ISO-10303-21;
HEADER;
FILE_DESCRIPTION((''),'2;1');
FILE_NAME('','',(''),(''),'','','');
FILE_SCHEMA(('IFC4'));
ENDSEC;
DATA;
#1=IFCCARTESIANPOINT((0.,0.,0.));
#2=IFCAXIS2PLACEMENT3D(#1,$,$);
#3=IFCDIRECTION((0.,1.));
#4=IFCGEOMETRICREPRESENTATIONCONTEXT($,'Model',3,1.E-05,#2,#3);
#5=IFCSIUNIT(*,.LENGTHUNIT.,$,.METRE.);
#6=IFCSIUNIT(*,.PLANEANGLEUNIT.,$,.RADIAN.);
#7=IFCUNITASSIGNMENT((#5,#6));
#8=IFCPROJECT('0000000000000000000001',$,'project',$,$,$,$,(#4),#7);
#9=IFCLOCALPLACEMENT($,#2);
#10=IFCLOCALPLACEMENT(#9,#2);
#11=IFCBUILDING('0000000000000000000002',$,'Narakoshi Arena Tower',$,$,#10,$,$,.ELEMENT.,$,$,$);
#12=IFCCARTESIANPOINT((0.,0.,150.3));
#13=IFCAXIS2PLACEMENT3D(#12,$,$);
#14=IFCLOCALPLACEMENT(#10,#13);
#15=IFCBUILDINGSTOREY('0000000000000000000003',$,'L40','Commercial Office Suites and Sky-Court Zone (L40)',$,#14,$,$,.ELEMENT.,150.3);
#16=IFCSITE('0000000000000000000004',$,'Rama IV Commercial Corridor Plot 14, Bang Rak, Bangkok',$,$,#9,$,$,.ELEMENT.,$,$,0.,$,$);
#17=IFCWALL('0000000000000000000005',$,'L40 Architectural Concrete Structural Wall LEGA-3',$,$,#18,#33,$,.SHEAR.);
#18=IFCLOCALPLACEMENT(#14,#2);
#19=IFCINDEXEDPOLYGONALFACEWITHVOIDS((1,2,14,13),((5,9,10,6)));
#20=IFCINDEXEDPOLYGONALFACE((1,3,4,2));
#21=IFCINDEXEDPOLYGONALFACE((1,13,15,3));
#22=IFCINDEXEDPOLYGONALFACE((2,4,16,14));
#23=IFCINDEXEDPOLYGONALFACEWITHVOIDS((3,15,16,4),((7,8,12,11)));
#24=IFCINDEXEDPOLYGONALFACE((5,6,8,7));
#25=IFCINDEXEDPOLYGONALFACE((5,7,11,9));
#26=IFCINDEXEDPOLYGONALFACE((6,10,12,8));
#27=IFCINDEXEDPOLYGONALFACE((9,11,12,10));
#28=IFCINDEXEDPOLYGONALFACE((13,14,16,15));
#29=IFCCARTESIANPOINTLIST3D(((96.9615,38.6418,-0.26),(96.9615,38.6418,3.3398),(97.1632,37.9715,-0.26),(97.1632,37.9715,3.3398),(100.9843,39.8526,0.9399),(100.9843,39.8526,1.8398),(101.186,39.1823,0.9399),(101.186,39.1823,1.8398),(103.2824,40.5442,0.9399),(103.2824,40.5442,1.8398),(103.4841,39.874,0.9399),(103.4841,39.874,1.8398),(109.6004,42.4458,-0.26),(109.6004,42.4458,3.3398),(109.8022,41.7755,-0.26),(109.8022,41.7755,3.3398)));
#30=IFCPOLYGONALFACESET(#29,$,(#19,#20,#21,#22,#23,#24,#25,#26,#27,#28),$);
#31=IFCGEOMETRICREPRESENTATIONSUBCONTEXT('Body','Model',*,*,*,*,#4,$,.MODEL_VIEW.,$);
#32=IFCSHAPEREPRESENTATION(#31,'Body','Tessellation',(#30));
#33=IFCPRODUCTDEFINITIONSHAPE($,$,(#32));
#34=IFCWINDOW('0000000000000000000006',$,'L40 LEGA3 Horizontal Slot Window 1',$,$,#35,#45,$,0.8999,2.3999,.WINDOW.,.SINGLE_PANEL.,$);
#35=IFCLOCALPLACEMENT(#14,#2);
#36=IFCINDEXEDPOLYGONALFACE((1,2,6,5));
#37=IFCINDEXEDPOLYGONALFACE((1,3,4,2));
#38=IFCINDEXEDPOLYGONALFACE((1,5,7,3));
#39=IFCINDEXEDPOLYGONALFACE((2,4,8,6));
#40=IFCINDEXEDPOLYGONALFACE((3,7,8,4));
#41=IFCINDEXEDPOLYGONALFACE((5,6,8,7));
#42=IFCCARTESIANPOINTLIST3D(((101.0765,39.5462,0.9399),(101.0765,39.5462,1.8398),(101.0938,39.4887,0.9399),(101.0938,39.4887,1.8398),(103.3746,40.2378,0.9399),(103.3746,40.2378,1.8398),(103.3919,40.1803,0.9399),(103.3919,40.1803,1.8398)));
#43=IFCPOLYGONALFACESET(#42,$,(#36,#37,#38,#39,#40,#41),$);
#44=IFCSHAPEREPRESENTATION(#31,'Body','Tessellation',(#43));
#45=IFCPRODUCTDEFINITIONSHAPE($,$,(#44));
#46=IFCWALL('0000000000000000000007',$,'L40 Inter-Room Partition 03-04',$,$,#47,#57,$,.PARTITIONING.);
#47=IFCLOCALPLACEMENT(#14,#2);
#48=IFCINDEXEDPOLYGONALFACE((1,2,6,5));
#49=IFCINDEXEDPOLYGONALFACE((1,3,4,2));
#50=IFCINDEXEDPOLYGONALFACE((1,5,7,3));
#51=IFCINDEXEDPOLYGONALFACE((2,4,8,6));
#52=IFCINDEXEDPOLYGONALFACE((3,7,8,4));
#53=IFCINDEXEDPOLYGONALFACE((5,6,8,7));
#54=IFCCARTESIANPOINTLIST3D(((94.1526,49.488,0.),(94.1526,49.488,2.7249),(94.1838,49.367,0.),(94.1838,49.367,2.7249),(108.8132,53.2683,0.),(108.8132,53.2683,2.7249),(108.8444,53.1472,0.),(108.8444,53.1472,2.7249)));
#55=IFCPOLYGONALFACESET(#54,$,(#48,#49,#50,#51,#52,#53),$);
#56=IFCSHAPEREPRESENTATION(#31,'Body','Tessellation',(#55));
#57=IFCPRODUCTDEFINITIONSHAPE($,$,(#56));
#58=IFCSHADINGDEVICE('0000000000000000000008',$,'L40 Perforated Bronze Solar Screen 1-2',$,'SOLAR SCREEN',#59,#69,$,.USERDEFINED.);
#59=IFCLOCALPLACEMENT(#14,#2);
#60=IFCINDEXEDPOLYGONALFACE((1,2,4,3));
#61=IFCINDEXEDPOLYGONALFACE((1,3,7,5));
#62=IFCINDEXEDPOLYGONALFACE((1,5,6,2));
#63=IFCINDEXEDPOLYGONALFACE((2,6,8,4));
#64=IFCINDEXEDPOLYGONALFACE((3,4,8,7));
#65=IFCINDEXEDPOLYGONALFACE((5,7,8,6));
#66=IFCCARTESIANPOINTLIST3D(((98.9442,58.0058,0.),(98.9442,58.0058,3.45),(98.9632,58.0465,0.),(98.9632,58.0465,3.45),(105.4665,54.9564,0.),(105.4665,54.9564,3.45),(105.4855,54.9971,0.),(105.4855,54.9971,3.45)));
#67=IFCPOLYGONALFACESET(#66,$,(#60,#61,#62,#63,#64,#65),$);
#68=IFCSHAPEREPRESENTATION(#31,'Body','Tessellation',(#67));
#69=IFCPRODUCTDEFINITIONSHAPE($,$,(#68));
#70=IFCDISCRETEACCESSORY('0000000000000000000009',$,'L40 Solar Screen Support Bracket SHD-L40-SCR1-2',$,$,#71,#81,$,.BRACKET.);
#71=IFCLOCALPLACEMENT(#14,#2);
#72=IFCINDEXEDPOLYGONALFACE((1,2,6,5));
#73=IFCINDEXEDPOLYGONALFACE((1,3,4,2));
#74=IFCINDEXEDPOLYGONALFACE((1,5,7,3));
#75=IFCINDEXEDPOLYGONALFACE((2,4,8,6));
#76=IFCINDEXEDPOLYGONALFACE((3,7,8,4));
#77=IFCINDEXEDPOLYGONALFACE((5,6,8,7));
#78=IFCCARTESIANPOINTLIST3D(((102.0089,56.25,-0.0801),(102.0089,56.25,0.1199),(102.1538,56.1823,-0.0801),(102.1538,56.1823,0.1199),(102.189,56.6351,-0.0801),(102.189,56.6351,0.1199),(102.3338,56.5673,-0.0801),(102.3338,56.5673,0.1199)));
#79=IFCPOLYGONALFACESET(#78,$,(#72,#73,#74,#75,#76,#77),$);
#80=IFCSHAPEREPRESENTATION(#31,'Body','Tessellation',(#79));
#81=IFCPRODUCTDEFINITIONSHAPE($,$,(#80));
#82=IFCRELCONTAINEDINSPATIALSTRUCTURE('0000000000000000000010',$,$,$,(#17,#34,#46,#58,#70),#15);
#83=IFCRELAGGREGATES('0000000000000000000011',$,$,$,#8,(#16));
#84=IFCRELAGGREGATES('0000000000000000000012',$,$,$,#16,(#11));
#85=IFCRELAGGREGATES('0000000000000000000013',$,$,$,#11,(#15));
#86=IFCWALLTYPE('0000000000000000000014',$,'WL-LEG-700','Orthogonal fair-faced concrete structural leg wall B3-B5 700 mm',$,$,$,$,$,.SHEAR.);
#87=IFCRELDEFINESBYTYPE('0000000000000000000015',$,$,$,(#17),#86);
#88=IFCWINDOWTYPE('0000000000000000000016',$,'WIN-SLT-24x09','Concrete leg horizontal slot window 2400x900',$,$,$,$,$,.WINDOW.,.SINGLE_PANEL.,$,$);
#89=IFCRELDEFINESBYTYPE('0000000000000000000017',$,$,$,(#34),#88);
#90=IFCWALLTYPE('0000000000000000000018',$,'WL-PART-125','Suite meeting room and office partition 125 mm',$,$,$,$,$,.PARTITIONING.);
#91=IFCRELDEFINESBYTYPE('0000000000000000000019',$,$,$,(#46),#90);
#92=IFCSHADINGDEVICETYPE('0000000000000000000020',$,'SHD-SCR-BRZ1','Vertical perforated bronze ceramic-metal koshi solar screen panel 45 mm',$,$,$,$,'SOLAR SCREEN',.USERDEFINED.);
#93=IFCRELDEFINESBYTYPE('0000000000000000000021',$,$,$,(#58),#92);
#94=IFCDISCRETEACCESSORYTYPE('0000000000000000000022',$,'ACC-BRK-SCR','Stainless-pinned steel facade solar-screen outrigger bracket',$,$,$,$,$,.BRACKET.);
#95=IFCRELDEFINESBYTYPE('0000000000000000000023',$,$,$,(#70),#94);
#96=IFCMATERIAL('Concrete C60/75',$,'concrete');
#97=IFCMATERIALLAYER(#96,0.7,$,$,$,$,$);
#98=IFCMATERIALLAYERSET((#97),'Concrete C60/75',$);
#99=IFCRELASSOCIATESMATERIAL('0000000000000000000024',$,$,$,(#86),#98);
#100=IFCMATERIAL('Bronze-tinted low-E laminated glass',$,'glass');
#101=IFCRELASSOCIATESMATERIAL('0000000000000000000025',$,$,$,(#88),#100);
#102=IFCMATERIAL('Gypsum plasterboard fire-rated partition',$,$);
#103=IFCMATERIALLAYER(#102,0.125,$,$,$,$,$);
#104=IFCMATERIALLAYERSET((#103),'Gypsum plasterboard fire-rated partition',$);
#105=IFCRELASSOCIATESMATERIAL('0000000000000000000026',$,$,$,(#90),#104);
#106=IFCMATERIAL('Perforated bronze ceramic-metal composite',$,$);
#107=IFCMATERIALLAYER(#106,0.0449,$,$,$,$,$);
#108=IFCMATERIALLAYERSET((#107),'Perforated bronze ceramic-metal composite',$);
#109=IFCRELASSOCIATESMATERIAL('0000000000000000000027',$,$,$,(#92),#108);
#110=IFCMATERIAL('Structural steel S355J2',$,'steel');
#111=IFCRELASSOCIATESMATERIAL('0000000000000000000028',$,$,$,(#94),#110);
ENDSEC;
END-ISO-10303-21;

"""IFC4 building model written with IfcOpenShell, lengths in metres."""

from ifc_helpers import new_model, si_unit, direction, frame, frame_2d, origin, origin_2d, place, context, subcontext, project, spatial, rectangle, extrude, material, layer, layer_set, type_object, element, fill, save


model = new_model("IFC4")

# Units and contexts
model_context = context("Model", 3, precision=1e-05, world=origin(), true_north=direction((0.0, 1.0)))
body_context = subcontext(model_context, "Body", "Model", "MODEL_VIEW")
ifc_project = project(units=[si_unit("LENGTHUNIT", "METRE"), si_unit("PLANEANGLEUNIT", "RADIAN")], contexts=[model_context])

# Site, building, storey
site_placement = place(None, origin())
site = spatial("IfcSite", under=ifc_project, at=site_placement, Name="Rama IV Commercial Corridor Plot 14, Bang Rak, Bangkok", CompositionType="ELEMENT", RefElevation=0.0)
building_placement = place(site_placement, origin())
building = spatial("IfcBuilding", under=site, at=building_placement, Name="Narakoshi Arena Tower", CompositionType="ELEMENT")
storey_placement = place(building_placement, frame((0.0, 0.0, 150.3)))
storey = spatial("IfcBuildingStorey", under=building, at=storey_placement, Name="L40", Description="Commercial Office Suites and Sky-Court Zone (L40)", CompositionType="ELEMENT", Elevation=150.3)

# Shared definitions
ifc_material_1 = material(Name="Concrete C60/75", Category="concrete")

# Shared definitions
ifc_material_2 = material(Name="Structural steel S355J2", Category="steel")

# Shared definitions
ifc_material_3 = material(Name="Bronze-tinted low-E laminated glass", Category="glass")

# Shared definitions
ifc_material_4 = material(Name="Gypsum plasterboard fire-rated partition")

# Wall, opening, window
ifc_layer_1 = layer(ifc_material_1, 0.7)
ifc_layer_set_1 = layer_set([ifc_layer_1], Name="Concrete C60/75")
wall_type_1 = type_object("IfcWallType", Name="WL-LEG-700", Description="Orthogonal fair-faced concrete structural leg wall B3-B5 700 mm", PredefinedType="SHEAR", material=ifc_layer_set_1)
wall_1_placement = place(storey_placement, frame((97.0623, 38.3066, -0.26), z_axis=(0.0, 0.0, 1.0), x_axis=(0.95757, 0.288201, 0.0)))
wall_1 = element("IfcWall", 1, at=wall_1_placement, inside=storey, type_object=wall_type_1, Name="L40 Architectural Concrete Structural Wall LEGA-3", PredefinedType="SHEAR", context=body_context, shape_type="SweptSolid", body=[
    extrude(rectangle(XDim=13.199, YDim=0.7, at=frame_2d((6.5996, 0.0))), origin(), (0.0, 0.0, 1.0), 3.5999),
])
opening_1_placement = place(wall_1_placement, frame((4.2012, 0.0, 1.2)))
opening_1 = element("IfcOpeningElement", 2, at=opening_1_placement, cuts=wall_1, PredefinedType="OPENING", context=body_context, shape_type="SweptSolid", body=[
    extrude(rectangle(XDim=2.3999, YDim=0.8999, at=frame_2d((1.2, 0.45))), frame((0.0, 0.3599, 0.0), z_axis=(0.0, -1.0, 0.0), x_axis=(1.0, 0.0, 0.0)), (0.0, 0.0, 1.0), 0.72),
])
window_type = type_object("IfcWindowType", Name="WIN-SLT-24x09", Description="Concrete leg horizontal slot window 2400x900", PartitioningType="SINGLE_PANEL", PredefinedType="WINDOW", material=ifc_material_3)
window_placement = place(opening_1_placement, origin())
window = element("IfcWindow", 3, at=window_placement, inside=storey, type_object=window_type, Name="L40 LEGA3 Horizontal Slot Window 1", OverallHeight=0.8999, OverallWidth=2.3999, PartitioningType="SINGLE_PANEL", PredefinedType="WINDOW", context=body_context, shape_type="SweptSolid", body=[
    extrude(rectangle(XDim=2.3999, YDim=0.8999, at=frame_2d((1.2, 0.45))), frame((0.0, 0.03, 0.0), z_axis=(0.0, -1.0, 0.0), x_axis=(1.0, 0.0, 0.0)), (0.0, 0.0, 1.0), 0.0601),
])
fill(opening_1, window)

# Wall
ifc_layer_2 = layer(ifc_material_4, 0.125)
ifc_layer_set_2 = layer_set([ifc_layer_2], Name="Gypsum plasterboard fire-rated partition")
wall_type_2 = type_object("IfcWallType", Name="WL-PART-125", Description="Suite meeting room and office partition 125 mm", PredefinedType="PARTITIONING", material=ifc_layer_set_2)
wall_2_placement = place(storey_placement, frame((94.1682, 49.4275, 0.0), z_axis=(0.0, 0.0, 1.0), x_axis=(0.968327, 0.249685, 0.0)))
element("IfcWall", 4, at=wall_2_placement, inside=storey, type_object=wall_type_2, Name="L40 Inter-Room Partition 03-04", PredefinedType="PARTITIONING", context=body_context, shape_type="SweptSolid", body=[
    extrude(rectangle(XDim=15.1401, YDim=0.125, at=frame_2d((7.5701, 0.0))), origin(), (0.0, 0.0, 1.0), 2.7249),
])

# Shading device
ifc_material_5 = material(Name="Perforated bronze ceramic-metal composite")
ifc_layer_3 = layer(ifc_material_5, 0.0449)
ifc_layer_set_3 = layer_set([ifc_layer_3], Name="Perforated bronze ceramic-metal composite")
shading_device_type = type_object("IfcShadingDeviceType", Name="SHD-SCR-BRZ1", Description="Vertical perforated bronze ceramic-metal koshi solar screen panel 45 mm", ElementType="SOLAR SCREEN", PredefinedType="USERDEFINED", material=ifc_layer_set_3)
shading_device_placement = place(storey_placement, frame((102.2148, 56.5015, 0.0), z_axis=(0.0, 0.0, 1.0), x_axis=(-0.90588, 0.423535, 0.0)))
element("IfcShadingDevice", 5, at=shading_device_placement, inside=storey, type_object=shading_device_type, Name="L40 Perforated Bronze Solar Screen 1-2", ObjectType="SOLAR SCREEN", PredefinedType="USERDEFINED", context=body_context, shape_type="SweptSolid", body=[
    extrude(rectangle(XDim=7.2, YDim=0.0449, at=origin_2d()), origin(), (0.0, 0.0, 1.0), 3.45),
])

# Discrete accessory
discrete_accessory_type = type_object("IfcDiscreteAccessoryType", Name="ACC-BRK-SCR", Description="Stainless-pinned steel facade solar-screen outrigger bracket", PredefinedType="BRACKET", material=ifc_material_2)
discrete_accessory_placement = place(storey_placement, frame((102.1714, 56.4087, -0.0801), z_axis=(0.0, 0.0, 1.0), x_axis=(-0.90588, 0.423535, 0.0)))
element("IfcDiscreteAccessory", 6, at=discrete_accessory_placement, inside=storey, type_object=discrete_accessory_type, Name="L40 Solar Screen Support Bracket SHD-L40-SCR1-2", PredefinedType="BRACKET", context=body_context, shape_type="SweptSolid", body=[
    extrude(rectangle(XDim=0.1599, YDim=0.425, at=origin_2d()), origin(), (0.0, 0.0, 1.0), 0.2),
])

save(model, "model.ifc")
